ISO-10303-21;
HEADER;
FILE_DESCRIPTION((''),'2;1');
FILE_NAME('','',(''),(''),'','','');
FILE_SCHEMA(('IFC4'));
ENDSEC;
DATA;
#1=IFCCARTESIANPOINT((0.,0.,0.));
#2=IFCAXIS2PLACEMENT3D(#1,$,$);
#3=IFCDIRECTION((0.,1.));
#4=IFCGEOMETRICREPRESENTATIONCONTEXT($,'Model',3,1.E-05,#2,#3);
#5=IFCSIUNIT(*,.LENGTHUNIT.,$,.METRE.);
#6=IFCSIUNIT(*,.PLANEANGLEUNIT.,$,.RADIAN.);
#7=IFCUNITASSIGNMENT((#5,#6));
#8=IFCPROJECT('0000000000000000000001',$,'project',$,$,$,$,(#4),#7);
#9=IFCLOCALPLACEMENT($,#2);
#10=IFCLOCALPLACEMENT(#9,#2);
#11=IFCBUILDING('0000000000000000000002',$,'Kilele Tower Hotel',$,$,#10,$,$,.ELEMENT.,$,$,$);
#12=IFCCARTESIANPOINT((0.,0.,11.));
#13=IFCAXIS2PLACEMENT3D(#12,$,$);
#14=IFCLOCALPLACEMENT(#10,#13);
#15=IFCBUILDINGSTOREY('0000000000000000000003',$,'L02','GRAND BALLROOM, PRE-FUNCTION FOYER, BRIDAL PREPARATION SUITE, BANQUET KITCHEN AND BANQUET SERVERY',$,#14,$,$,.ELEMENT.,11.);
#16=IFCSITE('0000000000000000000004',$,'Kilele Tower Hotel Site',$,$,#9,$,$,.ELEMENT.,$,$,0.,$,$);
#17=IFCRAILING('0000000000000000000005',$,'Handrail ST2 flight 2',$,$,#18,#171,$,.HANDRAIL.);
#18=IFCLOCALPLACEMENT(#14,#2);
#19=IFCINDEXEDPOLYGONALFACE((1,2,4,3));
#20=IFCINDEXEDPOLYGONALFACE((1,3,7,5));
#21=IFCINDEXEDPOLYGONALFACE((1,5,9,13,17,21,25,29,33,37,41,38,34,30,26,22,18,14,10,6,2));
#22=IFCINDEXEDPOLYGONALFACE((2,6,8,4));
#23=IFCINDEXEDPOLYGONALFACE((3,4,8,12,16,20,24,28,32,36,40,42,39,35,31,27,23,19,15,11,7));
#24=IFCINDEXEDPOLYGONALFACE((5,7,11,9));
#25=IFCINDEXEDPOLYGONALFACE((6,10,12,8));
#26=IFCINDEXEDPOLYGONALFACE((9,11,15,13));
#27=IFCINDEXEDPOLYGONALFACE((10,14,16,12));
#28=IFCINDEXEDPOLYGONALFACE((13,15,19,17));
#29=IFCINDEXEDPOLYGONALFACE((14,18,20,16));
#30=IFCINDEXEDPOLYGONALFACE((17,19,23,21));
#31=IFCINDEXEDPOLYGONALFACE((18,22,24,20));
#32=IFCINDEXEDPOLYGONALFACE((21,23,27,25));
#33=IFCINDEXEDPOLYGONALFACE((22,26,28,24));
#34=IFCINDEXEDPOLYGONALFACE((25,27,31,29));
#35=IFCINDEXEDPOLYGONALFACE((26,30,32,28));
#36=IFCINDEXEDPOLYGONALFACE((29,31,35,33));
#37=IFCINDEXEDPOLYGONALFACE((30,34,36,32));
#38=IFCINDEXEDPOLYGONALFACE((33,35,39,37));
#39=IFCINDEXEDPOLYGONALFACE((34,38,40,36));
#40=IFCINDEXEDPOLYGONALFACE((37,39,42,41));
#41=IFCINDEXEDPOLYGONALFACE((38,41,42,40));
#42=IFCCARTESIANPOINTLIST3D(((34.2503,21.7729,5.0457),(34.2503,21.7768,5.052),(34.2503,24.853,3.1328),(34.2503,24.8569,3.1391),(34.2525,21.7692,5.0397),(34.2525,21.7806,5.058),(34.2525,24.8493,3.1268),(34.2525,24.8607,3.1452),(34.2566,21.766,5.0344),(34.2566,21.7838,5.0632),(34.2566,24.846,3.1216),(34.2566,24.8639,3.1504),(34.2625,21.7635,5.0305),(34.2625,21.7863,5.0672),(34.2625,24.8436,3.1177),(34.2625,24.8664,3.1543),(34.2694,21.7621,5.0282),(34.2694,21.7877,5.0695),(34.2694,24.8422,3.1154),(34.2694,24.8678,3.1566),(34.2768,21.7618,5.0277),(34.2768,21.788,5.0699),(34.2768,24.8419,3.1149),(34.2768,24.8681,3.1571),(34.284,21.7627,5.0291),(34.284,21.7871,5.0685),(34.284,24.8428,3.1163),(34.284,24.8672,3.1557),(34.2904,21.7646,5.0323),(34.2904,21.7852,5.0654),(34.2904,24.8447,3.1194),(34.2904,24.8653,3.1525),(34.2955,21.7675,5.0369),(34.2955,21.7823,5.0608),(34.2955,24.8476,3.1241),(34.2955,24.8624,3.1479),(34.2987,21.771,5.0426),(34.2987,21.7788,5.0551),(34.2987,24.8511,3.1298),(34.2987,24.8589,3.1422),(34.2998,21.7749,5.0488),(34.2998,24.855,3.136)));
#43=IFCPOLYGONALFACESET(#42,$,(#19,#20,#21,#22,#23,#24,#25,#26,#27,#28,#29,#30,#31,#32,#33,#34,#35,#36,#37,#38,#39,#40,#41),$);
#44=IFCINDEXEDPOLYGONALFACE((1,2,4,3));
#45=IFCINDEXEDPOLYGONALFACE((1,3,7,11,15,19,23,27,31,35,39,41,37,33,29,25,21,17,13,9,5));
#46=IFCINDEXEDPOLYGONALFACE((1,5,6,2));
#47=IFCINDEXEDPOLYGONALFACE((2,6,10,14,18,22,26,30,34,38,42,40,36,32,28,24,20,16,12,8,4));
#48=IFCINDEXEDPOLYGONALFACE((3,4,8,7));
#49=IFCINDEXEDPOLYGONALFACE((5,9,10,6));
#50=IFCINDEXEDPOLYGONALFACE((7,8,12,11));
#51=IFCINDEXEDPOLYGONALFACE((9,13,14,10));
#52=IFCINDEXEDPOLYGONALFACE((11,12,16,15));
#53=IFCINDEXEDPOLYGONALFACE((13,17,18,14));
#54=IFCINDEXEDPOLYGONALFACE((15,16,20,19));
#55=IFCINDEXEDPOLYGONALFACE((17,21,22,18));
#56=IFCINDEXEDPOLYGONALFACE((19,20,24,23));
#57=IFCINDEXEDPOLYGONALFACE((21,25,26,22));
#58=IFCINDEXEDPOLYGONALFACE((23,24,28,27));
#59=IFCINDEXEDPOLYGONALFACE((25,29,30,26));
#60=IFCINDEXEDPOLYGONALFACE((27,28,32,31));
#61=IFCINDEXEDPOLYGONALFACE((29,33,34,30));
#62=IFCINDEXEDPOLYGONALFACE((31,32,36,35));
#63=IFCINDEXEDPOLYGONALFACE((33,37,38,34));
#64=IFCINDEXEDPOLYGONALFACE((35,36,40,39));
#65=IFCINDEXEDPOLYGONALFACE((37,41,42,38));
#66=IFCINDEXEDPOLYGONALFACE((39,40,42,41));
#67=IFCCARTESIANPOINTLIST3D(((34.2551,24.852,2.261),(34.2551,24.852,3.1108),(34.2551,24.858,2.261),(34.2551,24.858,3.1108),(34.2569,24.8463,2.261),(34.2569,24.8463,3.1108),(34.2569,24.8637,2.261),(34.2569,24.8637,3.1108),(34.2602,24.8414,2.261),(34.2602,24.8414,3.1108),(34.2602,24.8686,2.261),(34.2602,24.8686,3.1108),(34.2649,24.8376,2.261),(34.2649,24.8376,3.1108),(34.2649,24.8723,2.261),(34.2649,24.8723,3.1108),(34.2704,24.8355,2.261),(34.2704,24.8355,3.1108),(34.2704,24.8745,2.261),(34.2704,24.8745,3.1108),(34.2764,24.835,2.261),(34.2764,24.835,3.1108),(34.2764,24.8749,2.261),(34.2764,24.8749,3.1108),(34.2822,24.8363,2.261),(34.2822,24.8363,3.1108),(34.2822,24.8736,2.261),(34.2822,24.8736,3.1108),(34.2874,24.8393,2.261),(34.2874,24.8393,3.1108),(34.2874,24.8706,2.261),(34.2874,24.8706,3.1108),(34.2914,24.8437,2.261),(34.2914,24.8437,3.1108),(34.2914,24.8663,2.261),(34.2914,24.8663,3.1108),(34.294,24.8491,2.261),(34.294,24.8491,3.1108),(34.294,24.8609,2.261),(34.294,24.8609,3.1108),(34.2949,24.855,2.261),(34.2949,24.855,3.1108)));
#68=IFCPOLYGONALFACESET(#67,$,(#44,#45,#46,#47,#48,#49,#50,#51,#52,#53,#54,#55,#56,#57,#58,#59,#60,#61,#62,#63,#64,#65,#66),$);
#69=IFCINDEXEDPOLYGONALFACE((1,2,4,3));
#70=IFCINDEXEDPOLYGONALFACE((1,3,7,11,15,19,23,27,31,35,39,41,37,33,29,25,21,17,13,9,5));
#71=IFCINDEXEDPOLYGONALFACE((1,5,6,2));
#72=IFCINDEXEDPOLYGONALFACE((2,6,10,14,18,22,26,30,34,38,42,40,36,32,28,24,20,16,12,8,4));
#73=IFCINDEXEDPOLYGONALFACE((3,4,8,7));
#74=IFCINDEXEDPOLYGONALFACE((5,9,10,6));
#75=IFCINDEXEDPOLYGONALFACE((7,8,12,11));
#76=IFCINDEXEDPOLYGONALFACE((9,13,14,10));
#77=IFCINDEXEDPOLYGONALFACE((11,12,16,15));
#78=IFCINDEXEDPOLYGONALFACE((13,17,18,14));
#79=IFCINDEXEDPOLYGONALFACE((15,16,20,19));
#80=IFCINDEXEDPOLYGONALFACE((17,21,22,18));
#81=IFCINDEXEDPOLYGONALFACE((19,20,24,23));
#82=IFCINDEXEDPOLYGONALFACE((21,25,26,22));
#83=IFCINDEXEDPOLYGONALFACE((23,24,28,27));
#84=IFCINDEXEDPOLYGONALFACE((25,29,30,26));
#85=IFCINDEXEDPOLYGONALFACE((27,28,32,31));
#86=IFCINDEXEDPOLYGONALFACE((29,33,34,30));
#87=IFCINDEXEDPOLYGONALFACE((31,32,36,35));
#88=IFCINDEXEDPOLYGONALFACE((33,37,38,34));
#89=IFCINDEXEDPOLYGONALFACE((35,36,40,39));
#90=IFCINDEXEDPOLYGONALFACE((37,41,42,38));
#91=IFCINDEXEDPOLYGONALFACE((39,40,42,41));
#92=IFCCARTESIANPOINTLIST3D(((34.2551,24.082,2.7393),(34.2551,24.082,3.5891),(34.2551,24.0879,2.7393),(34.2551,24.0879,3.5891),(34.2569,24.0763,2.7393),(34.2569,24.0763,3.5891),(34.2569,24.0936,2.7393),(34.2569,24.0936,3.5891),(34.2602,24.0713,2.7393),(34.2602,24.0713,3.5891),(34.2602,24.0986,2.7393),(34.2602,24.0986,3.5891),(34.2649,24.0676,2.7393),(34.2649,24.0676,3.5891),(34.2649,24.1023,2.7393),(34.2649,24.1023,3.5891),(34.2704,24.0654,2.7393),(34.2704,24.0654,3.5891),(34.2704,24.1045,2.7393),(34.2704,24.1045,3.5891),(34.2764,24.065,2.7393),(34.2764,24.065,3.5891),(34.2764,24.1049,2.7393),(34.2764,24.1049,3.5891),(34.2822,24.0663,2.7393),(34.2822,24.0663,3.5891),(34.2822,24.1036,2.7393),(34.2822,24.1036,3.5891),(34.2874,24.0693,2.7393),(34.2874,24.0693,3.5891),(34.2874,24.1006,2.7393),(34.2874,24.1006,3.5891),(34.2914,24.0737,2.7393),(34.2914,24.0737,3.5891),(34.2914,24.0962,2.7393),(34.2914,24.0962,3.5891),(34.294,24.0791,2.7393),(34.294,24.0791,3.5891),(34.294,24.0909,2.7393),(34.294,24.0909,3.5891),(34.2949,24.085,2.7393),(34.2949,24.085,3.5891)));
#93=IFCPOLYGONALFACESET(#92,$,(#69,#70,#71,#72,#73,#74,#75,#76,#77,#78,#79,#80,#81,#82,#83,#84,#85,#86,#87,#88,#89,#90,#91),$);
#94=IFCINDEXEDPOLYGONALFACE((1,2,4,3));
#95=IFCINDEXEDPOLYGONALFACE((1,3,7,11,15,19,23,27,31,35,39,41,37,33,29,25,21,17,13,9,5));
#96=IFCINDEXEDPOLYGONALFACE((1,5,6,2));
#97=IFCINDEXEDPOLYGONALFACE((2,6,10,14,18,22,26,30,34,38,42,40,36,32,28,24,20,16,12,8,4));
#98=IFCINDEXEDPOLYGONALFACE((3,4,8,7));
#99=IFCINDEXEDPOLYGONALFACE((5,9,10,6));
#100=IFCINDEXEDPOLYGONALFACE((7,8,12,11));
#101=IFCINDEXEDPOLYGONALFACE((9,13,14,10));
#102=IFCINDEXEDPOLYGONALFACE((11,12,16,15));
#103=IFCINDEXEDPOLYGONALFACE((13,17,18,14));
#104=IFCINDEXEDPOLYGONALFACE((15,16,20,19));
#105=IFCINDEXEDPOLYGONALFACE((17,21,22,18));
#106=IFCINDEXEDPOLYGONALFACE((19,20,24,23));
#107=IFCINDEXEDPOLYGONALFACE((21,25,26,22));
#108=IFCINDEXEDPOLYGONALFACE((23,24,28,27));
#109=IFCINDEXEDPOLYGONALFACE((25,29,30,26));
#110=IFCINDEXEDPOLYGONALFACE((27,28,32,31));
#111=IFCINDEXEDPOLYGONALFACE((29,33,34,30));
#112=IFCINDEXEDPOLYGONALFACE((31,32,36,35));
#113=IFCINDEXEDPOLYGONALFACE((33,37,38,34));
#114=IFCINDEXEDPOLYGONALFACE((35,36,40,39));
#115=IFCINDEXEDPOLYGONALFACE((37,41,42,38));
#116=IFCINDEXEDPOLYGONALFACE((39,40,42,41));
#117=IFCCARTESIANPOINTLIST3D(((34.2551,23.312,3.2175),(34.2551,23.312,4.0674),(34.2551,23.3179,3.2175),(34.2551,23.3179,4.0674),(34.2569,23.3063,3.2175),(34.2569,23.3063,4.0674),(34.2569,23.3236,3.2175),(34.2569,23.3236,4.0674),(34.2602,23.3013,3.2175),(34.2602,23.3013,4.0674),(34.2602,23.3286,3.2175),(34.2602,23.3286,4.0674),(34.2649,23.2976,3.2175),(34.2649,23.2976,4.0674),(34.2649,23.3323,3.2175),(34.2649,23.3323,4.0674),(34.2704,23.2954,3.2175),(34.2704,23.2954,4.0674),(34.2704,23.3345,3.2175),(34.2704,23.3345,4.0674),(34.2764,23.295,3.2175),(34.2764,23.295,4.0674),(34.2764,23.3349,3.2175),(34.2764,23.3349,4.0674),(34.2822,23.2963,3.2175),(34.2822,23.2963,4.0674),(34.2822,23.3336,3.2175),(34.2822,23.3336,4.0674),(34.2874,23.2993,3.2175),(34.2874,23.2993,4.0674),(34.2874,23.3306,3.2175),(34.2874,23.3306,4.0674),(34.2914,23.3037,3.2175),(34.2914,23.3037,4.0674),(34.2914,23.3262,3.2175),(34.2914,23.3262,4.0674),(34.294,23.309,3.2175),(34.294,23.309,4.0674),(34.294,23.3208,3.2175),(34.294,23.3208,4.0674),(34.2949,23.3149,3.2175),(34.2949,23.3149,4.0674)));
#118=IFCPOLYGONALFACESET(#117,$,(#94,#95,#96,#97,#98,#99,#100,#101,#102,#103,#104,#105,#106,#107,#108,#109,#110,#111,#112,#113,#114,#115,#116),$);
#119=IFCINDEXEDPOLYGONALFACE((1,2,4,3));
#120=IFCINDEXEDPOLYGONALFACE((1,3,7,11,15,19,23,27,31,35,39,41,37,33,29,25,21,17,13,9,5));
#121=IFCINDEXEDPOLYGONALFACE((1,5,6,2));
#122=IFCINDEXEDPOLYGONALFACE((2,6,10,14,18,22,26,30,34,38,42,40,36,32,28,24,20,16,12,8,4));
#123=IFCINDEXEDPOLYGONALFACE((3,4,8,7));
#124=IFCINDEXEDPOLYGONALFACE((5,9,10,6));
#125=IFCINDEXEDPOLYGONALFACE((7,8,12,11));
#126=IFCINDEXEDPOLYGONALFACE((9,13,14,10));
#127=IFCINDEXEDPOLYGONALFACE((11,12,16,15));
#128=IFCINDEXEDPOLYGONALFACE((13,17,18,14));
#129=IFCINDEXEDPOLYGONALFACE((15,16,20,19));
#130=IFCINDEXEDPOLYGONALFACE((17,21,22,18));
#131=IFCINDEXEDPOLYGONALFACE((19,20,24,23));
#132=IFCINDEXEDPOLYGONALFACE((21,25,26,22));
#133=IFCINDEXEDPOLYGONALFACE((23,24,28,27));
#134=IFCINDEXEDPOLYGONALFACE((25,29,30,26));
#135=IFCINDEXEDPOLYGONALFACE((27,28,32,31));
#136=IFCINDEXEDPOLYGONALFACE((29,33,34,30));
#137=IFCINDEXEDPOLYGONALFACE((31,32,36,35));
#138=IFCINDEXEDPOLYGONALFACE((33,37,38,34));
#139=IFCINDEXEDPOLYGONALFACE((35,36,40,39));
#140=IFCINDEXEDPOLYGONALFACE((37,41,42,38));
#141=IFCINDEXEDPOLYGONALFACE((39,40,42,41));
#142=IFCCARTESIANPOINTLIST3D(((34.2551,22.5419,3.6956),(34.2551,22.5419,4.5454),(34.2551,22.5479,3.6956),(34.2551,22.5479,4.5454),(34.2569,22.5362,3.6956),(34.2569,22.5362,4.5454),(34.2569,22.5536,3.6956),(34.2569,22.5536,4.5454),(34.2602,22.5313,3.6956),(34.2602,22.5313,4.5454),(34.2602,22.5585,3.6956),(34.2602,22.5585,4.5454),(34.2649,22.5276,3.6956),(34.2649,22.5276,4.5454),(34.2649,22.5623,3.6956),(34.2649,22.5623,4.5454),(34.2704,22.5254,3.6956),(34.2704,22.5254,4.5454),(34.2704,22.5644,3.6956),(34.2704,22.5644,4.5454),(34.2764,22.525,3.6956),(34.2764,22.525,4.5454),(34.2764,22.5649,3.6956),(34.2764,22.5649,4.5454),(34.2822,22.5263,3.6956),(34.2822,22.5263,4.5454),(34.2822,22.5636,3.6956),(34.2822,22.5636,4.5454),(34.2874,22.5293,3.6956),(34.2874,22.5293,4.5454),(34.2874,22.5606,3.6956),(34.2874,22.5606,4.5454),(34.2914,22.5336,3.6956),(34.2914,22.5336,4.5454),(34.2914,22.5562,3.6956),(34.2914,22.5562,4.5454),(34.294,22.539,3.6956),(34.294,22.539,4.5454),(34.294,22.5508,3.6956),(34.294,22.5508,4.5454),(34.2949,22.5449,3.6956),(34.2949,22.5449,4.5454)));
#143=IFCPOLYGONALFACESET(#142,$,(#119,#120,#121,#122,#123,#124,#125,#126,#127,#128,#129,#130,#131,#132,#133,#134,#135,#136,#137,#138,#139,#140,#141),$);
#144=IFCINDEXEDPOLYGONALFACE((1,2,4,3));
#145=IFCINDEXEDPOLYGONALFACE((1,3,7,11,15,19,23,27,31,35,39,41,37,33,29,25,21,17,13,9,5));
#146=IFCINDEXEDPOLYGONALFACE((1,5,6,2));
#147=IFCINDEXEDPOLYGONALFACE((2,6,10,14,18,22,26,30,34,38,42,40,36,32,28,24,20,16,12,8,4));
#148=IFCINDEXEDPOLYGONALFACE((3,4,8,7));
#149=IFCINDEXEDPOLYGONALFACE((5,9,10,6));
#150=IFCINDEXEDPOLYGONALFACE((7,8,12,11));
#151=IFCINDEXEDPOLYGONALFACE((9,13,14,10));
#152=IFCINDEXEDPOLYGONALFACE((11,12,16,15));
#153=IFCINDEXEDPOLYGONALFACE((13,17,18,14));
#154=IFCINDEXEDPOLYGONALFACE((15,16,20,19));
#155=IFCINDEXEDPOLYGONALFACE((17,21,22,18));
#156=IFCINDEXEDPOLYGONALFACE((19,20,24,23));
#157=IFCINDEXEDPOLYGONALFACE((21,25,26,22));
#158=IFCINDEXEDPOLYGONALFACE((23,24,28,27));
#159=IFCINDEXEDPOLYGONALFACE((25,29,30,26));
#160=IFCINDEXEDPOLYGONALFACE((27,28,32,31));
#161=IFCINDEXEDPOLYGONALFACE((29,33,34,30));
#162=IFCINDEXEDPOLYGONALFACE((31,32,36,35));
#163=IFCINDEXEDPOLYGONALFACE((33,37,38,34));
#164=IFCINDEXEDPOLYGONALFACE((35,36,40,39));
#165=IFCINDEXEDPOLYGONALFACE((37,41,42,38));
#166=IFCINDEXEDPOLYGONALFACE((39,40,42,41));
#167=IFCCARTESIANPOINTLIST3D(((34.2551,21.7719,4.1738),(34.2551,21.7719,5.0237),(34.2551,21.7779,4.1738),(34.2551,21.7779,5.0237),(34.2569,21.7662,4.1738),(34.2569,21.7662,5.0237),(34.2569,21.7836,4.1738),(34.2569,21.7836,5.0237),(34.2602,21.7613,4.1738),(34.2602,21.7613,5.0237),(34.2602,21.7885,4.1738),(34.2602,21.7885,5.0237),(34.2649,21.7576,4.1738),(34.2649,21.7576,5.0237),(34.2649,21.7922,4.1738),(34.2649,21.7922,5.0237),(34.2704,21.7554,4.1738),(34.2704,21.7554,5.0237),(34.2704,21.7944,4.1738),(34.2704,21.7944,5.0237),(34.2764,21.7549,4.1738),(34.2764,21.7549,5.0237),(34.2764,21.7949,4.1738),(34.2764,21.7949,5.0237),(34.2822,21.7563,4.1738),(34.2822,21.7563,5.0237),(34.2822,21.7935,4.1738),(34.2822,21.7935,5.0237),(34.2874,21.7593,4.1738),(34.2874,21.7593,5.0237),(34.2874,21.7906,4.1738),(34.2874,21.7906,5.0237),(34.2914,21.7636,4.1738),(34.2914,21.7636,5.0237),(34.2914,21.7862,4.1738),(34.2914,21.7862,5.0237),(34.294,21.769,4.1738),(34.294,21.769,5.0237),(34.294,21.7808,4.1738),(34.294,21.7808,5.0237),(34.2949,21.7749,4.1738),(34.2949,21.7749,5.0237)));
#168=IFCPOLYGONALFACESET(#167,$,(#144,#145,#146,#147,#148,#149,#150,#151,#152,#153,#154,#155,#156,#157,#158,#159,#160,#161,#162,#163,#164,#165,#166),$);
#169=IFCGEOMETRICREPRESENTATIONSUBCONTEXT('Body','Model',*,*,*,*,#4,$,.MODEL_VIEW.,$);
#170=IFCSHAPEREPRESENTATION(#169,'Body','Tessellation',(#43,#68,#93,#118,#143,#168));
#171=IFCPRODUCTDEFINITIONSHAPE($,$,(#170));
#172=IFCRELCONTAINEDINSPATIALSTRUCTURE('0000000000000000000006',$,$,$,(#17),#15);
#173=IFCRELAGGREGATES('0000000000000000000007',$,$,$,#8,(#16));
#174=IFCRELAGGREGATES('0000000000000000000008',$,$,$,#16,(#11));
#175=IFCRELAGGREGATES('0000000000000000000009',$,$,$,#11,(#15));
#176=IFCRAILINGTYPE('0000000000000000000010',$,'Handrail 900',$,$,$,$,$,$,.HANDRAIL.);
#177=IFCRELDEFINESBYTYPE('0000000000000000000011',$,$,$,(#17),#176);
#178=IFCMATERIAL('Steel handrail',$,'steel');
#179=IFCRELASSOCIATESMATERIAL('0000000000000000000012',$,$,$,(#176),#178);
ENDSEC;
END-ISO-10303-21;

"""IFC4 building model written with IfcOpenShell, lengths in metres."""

from ifc_helpers import new_model, si_unit, direction, frame, origin, origin_2d, place, context, subcontext, project, spatial, circle, extrude, material, type_object, element, save


model = new_model("IFC4")

# Units and contexts
model_context = context("Model", 3, precision=1e-05, world=origin(), true_north=direction((0.0, 1.0)))
body_context = subcontext(model_context, "Body", "Model", "MODEL_VIEW")
ifc_project = project(units=[si_unit("LENGTHUNIT", "METRE"), si_unit("PLANEANGLEUNIT", "RADIAN")], contexts=[model_context])

# Site, building, storey
site_placement = place(None, origin())
site = spatial("IfcSite", under=ifc_project, at=site_placement, Name="Kilele Tower Hotel Site", CompositionType="ELEMENT", RefElevation=0.0)
building_placement = place(site_placement, origin())
building = spatial("IfcBuilding", under=site, at=building_placement, Name="Kilele Tower Hotel", CompositionType="ELEMENT")
storey_placement = place(building_placement, frame((0.0, 0.0, 11.0)))
storey = spatial("IfcBuildingStorey", under=building, at=storey_placement, Name="L02", Description="GRAND BALLROOM, PRE-FUNCTION FOYER, BRIDAL PREPARATION SUITE, BANQUET KITCHEN AND BANQUET SERVERY", CompositionType="ELEMENT", Elevation=11.0)

# Railing
ifc_material_1 = material(Name="Steel handrail", Category="steel")
railing_type_1 = type_object("IfcRailingType", Name="Handrail 900", PredefinedType="HANDRAIL", material=ifc_material_1)
for number, where, name in (
    (1, (34.2749, 24.855, 2.261), "Handrail ST2 flight 2"),
):
    element("IfcRailing", number, at=place(storey_placement, frame(where)), inside=storey, type_object=railing_type_1, Name=name, PredefinedType="HANDRAIL", context=body_context, shape_type="SweptSolid", body=[
        extrude(circle(Radius=0.0249, at=origin_2d()), frame((0.0, 0.0, 0.875), z_axis=(0.0, -0.849508, 0.527576), x_axis=(1.0, 0.0, 0.0)), (0.0, 0.0, 1.0), 3.6257),
        extrude(circle(Radius=0.02, at=origin_2d()), origin(), (0.0, 0.0, 1.0), 0.8499),
        extrude(circle(Radius=0.02, at=origin_2d()), frame((0.0, -0.77, 0.4783)), (0.0, 0.0, 1.0), 0.8499),
        extrude(circle(Radius=0.02, at=origin_2d()), frame((0.0, -1.54, 0.9565)), (0.0, 0.0, 1.0), 0.8499),
        extrude(circle(Radius=0.02, at=origin_2d()), frame((0.0, -2.3101, 1.4346)), (0.0, 0.0, 1.0), 0.8499),
        extrude(circle(Radius=0.02, at=origin_2d()), frame((0.0, -3.0801, 1.9128)), (0.0, 0.0, 1.0), 0.8499),
    ])

save(model, "model.ifc")
